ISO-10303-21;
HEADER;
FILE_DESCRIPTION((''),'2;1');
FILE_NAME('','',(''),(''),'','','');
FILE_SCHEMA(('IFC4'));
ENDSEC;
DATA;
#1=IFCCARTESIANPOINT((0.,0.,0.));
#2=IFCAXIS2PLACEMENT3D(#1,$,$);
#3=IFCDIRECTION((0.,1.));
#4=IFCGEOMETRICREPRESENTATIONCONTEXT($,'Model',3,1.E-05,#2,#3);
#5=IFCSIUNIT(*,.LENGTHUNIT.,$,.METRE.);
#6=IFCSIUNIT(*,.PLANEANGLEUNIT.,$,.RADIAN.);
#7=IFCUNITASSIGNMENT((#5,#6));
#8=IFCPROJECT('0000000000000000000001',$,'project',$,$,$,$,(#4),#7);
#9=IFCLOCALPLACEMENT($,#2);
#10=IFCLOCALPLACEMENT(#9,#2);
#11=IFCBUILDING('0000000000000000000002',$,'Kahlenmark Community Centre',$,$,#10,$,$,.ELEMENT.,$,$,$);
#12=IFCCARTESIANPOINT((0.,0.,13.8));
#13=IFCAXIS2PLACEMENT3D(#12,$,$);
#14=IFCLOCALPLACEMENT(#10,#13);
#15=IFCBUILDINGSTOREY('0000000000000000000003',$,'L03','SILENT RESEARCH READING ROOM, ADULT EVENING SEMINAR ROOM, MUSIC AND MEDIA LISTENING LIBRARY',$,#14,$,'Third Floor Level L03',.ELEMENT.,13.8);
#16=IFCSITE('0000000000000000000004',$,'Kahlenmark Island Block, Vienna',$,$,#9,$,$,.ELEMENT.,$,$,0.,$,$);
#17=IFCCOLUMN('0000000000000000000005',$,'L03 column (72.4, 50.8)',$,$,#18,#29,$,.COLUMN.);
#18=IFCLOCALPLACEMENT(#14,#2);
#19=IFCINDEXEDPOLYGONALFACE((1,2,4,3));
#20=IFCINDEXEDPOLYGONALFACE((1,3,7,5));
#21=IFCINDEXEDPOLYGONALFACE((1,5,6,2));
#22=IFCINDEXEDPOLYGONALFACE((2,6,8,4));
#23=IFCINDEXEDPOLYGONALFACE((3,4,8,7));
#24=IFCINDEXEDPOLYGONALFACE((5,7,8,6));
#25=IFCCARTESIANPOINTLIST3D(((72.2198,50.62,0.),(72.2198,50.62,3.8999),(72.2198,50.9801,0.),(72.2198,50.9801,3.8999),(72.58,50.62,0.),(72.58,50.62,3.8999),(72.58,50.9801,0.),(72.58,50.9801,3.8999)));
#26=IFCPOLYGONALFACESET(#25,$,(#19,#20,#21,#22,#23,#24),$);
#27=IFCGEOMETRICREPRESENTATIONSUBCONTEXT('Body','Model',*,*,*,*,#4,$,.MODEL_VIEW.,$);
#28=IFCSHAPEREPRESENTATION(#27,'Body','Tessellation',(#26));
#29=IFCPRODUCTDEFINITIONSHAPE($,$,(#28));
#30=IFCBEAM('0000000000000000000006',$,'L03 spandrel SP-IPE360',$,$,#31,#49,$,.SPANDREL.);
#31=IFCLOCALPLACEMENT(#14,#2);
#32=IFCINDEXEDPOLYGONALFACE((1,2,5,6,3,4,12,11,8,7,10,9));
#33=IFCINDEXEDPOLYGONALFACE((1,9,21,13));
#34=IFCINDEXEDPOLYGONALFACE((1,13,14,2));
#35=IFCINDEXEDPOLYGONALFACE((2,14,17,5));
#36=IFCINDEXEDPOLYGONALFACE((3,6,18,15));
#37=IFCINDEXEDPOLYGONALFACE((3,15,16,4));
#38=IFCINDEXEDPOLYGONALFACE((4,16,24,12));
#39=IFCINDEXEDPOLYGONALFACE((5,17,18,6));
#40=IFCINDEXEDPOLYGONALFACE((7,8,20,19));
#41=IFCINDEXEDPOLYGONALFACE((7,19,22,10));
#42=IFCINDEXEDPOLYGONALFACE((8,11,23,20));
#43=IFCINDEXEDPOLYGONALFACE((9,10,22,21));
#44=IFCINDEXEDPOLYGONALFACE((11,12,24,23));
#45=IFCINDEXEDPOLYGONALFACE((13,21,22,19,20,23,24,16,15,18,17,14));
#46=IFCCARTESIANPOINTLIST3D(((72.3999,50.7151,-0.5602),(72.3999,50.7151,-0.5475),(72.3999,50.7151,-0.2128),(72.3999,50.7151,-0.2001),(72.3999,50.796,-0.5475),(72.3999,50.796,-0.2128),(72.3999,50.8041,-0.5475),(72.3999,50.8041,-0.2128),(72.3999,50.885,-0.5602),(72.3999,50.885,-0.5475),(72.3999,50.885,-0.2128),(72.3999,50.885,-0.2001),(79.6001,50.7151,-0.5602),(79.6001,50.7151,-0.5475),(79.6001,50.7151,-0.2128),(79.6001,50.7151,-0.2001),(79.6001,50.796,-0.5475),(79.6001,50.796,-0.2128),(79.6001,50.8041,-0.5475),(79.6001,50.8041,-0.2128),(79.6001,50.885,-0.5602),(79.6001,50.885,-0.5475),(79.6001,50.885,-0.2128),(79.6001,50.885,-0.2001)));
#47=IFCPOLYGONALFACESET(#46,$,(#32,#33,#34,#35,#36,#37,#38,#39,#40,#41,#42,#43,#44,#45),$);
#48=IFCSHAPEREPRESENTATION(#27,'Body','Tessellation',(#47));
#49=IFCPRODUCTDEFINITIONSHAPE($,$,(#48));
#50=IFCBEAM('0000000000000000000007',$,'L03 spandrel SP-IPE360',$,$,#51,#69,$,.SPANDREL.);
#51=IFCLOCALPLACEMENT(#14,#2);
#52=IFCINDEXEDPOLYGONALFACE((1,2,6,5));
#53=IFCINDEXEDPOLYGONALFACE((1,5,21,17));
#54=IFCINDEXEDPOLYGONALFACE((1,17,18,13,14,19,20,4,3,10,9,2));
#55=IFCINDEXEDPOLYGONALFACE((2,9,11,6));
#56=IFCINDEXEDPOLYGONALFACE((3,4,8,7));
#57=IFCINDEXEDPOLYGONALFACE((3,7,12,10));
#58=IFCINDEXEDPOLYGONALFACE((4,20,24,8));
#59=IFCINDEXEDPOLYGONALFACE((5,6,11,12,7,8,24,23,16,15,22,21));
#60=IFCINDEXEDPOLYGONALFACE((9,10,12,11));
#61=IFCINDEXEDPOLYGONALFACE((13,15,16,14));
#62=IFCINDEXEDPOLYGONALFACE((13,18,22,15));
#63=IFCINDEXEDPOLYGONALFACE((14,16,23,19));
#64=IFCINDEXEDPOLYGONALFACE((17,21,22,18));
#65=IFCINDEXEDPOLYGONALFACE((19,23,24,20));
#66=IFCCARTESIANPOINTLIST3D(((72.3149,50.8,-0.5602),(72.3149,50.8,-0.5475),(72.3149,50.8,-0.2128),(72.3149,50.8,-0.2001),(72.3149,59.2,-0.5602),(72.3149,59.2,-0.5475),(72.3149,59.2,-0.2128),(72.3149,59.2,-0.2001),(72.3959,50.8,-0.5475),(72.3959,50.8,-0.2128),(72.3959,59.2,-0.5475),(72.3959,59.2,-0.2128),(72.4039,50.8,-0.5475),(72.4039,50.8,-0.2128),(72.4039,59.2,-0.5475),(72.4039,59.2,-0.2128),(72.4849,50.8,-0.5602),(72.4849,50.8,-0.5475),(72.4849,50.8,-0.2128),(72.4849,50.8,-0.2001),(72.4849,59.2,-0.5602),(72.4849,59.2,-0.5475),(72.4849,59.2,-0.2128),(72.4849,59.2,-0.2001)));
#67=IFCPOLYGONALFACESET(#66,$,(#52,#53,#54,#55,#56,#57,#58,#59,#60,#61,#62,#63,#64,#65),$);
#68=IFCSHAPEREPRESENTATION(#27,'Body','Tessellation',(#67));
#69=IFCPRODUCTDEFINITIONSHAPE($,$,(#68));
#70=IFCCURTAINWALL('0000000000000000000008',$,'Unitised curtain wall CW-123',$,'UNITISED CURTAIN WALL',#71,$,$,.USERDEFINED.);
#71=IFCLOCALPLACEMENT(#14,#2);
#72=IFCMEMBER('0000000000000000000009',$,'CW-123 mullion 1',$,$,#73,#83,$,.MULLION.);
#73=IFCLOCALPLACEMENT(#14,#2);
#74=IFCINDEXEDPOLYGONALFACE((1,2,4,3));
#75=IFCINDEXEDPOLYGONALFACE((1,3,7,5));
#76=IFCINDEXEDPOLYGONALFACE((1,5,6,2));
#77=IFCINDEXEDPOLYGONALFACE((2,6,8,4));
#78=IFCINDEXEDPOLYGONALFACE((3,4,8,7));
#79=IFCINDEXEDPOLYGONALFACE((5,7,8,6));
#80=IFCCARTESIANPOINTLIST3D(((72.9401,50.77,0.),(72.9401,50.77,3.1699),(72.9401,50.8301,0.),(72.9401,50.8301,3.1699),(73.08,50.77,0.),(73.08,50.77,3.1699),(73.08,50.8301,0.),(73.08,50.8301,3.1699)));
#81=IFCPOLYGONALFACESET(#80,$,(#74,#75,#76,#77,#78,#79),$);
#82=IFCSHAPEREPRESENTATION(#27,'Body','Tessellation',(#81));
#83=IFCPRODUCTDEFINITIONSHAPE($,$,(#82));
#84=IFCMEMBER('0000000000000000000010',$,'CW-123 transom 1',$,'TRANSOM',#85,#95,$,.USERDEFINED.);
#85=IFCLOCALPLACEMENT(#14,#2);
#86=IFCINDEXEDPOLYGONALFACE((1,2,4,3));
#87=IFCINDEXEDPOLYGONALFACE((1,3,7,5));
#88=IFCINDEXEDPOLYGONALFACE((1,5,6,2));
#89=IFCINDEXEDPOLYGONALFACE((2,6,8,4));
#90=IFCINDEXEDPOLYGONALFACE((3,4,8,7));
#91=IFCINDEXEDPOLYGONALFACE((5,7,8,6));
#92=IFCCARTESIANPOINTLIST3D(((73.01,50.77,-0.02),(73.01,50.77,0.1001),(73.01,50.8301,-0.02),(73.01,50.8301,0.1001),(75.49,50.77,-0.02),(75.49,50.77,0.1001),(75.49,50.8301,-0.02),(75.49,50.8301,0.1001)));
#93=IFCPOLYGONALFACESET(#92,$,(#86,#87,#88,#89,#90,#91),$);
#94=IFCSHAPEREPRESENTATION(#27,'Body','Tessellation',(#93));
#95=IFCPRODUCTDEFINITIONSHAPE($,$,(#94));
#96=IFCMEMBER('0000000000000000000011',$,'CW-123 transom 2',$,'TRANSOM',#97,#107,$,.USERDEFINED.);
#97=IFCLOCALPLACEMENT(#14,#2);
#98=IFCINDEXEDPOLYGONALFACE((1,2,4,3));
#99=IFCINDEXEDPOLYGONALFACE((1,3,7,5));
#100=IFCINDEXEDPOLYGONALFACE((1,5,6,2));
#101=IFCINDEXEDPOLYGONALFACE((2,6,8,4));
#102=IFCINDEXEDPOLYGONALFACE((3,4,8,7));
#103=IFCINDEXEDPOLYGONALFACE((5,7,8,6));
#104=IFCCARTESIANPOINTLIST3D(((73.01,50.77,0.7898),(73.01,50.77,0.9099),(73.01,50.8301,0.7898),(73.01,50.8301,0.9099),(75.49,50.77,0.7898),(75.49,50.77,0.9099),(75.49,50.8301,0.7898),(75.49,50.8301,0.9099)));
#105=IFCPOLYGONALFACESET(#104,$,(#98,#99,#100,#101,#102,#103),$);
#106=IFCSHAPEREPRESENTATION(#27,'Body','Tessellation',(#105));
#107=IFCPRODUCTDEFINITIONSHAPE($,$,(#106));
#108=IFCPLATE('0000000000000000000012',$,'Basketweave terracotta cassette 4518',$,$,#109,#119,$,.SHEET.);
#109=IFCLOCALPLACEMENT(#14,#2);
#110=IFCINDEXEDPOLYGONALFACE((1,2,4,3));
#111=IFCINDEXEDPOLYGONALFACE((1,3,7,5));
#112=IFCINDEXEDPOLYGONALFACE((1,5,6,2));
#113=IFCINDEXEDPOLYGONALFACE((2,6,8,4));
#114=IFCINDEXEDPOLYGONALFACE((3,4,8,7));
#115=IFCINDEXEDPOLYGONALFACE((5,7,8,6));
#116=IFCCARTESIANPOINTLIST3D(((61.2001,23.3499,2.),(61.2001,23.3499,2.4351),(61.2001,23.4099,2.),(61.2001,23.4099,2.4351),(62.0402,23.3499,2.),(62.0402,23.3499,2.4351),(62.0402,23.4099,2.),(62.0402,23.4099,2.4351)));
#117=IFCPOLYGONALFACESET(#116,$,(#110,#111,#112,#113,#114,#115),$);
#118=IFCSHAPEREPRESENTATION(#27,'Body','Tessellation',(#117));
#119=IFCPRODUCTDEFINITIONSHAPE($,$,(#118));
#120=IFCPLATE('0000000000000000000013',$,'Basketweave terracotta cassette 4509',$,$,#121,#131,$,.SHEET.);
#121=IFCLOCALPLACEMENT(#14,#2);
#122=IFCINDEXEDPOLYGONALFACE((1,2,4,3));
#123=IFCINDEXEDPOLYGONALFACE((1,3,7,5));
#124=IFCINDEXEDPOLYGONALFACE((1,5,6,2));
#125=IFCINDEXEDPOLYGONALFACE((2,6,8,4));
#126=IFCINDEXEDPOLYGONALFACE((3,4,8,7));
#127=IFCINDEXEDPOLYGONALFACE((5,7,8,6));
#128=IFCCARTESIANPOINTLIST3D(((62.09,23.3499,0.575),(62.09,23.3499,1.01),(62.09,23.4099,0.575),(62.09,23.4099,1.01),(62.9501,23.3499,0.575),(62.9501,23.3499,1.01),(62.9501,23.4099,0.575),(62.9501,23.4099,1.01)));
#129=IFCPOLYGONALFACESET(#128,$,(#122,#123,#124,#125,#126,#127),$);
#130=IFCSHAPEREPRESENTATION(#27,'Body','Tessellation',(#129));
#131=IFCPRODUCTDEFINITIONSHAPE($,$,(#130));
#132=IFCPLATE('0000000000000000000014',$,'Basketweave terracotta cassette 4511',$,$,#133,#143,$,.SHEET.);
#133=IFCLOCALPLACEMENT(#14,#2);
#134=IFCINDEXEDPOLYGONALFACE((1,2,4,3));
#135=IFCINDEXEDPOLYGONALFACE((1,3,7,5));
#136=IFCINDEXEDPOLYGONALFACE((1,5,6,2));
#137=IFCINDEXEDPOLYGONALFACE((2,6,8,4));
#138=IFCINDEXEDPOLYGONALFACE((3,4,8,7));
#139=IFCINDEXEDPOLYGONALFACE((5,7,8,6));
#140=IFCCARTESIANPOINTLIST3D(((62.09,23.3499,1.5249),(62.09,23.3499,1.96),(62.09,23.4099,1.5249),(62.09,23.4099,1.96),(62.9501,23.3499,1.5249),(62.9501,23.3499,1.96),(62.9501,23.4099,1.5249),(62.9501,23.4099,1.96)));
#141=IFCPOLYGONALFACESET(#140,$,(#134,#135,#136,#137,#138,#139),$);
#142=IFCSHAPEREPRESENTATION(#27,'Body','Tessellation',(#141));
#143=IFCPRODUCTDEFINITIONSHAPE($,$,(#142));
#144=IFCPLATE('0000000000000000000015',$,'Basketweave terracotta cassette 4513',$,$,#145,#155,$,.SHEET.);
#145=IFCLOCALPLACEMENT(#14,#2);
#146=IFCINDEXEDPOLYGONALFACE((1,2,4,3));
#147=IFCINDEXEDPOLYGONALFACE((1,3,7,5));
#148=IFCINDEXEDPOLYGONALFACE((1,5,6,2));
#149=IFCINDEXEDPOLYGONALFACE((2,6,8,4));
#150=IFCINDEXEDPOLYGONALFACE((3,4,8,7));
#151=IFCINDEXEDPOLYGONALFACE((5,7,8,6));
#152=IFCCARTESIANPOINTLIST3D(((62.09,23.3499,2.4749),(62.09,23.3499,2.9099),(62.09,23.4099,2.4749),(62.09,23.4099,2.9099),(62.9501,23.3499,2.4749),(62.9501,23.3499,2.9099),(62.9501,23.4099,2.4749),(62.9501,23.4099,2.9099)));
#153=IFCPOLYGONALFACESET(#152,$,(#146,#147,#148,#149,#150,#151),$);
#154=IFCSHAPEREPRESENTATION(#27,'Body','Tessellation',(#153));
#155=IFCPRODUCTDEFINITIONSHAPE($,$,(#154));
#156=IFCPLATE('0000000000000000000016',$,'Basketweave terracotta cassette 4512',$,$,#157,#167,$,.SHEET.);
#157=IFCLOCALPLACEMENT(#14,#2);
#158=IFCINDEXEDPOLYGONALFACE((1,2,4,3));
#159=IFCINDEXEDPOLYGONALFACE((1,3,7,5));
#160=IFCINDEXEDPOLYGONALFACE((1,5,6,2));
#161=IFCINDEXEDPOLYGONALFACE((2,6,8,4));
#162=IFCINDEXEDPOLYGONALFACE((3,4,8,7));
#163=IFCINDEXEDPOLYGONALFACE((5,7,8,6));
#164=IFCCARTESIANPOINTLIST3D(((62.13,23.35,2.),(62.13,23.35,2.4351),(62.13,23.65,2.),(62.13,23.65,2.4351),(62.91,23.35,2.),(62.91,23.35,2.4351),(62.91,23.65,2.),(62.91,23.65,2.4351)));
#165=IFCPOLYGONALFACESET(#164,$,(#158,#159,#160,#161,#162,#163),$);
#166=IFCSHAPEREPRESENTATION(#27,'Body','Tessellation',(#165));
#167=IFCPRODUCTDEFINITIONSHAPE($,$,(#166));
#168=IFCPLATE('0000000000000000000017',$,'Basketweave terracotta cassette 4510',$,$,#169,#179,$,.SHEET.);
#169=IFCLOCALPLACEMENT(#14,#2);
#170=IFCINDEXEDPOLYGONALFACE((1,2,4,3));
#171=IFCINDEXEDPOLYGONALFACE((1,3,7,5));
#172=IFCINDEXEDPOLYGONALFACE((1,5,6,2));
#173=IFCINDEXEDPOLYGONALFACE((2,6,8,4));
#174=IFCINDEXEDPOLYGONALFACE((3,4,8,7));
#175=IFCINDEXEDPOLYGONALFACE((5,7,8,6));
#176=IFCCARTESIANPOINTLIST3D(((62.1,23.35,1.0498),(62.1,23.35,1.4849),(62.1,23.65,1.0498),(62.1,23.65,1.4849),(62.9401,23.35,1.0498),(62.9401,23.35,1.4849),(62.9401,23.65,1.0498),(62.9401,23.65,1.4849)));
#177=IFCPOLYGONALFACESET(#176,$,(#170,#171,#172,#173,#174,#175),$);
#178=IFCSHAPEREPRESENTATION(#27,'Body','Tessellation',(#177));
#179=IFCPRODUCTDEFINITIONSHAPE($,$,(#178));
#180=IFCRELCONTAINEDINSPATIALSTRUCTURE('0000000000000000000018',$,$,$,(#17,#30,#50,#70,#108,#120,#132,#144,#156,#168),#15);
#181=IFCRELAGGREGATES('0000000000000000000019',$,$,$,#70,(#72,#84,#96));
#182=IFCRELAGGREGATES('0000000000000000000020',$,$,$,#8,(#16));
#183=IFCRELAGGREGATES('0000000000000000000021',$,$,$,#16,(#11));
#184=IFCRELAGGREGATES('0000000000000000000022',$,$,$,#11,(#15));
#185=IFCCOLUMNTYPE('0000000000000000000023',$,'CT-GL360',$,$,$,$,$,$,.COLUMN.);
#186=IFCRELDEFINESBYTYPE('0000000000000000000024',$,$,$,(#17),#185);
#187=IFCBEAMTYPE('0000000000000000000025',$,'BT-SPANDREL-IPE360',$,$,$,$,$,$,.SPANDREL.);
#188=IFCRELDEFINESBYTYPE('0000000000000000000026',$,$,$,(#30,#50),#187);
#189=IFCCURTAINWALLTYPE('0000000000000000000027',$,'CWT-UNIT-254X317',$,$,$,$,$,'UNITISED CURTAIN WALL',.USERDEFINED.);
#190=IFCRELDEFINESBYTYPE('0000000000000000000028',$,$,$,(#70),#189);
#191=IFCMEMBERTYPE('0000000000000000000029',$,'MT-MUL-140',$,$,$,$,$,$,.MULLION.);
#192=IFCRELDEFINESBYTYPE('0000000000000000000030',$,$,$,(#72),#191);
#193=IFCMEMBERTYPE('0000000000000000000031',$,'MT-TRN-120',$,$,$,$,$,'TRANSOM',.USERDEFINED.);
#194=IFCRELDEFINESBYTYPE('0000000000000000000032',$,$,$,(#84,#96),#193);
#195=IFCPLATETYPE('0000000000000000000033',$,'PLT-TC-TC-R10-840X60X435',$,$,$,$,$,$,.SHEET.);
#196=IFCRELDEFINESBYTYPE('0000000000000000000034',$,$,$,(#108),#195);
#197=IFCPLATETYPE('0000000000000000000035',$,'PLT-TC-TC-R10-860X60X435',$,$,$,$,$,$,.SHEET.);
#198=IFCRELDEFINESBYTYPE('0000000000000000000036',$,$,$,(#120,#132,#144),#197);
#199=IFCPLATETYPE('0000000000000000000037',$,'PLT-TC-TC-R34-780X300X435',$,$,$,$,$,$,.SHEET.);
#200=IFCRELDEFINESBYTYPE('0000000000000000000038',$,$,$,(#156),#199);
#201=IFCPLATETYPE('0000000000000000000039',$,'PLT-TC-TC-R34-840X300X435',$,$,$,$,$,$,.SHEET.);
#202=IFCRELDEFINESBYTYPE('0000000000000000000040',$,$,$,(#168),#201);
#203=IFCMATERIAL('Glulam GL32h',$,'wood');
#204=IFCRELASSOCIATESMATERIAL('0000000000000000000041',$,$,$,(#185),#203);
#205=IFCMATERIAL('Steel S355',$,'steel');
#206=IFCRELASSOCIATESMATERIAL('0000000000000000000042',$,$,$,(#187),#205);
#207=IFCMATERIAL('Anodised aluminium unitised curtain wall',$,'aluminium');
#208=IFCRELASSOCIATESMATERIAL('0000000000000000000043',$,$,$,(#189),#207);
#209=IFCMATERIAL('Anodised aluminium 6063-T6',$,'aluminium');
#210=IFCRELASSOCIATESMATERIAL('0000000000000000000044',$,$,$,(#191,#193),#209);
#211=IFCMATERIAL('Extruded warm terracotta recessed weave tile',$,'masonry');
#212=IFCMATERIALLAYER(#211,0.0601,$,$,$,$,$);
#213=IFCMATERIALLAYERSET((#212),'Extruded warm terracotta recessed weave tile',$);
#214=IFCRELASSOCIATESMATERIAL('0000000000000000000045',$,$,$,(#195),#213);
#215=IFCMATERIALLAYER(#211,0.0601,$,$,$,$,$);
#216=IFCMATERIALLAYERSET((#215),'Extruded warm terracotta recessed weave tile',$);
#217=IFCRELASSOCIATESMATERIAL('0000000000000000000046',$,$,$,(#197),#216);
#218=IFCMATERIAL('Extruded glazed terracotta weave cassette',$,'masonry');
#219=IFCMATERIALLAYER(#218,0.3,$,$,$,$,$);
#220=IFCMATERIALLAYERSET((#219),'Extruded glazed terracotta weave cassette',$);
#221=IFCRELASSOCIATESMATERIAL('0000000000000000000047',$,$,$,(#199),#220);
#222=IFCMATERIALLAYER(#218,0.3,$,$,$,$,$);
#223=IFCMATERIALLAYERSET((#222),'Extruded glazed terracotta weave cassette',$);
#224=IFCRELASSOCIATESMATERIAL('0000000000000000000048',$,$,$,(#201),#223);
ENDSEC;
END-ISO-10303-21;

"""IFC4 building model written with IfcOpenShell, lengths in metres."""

from ifc_helpers import new_model, si_unit, direction, frame, origin, origin_2d, place, context, subcontext, project, spatial, rectangle, i_section, extrude, material, layer, layer_set, material_profile, profile_set, type_object, element, aggregate, save


model = new_model("IFC4")

# Units and contexts
model_context = context("Model", 3, precision=1e-05, world=origin(), true_north=direction((0.0, 1.0)))
body_context = subcontext(model_context, "Body", "Model", "MODEL_VIEW")
ifc_project = project(units=[si_unit("LENGTHUNIT", "METRE"), si_unit("PLANEANGLEUNIT", "RADIAN")], contexts=[model_context])

# Site, building, storey
site_placement = place(None, origin())
site = spatial("IfcSite", under=ifc_project, at=site_placement, Name="Kahlenmark Island Block, Vienna", CompositionType="ELEMENT", RefElevation=0.0)
building_placement = place(site_placement, origin())
building = spatial("IfcBuilding", under=site, at=building_placement, Name="Kahlenmark Community Centre", CompositionType="ELEMENT")
storey_placement = place(building_placement, frame((0.0, 0.0, 13.8)))
storey = spatial("IfcBuildingStorey", under=building, at=storey_placement, Name="L03", Description="SILENT RESEARCH READING ROOM, ADULT EVENING SEMINAR ROOM, MUSIC AND MEDIA LISTENING LIBRARY", LongName="Third Floor Level L03", CompositionType="ELEMENT", Elevation=13.8)

# Column
ifc_material_1 = material(Name="Glulam GL32h", Category="wood")
ifc_material_profile_1 = material_profile(ifc_material_1, rectangle(XDim=0.3601, YDim=0.3601, at=origin_2d()), Name="GL32h 360x360")
ifc_profile_set_1 = profile_set([ifc_material_profile_1], Name="Glulam GL32h")
column_type = type_object("IfcColumnType", Name="CT-GL360", PredefinedType="COLUMN", material=ifc_profile_set_1)
column_placement = place(storey_placement, frame((72.3999, 50.8, 0.0), z_axis=(0.0, 0.0, 1.0), x_axis=(1.0, 0.0, 0.0)))
element("IfcColumn", 1, at=column_placement, inside=storey, type_object=column_type, Name="L03 column (72.4, 50.8)", PredefinedType="COLUMN", context=body_context, shape_type="SweptSolid", body=[
    extrude(rectangle(XDim=0.3601, YDim=0.3601, at=origin_2d()), origin(), (0.0, 0.0, 1.0), 3.8999),
])

# Beams
ifc_material_2 = material(Name="Steel S355", Category="steel")
ifc_material_profile_2 = material_profile(ifc_material_2, i_section(OverallWidth=0.1699, OverallDepth=0.3601, WebThickness=0.0081, FlangeThickness=0.0127, at=origin_2d()), Name="IPE 360")
ifc_profile_set_2 = profile_set([ifc_material_profile_2], Name="Steel S355")
beam_type = type_object("IfcBeamType", Name="BT-SPANDREL-IPE360", PredefinedType="SPANDREL", material=ifc_profile_set_2)
beam_1_placement = place(storey_placement, frame((72.3999, 50.8, -0.3801), z_axis=(1.0, 0.0, 0.0), x_axis=(0.0, 1.0, 0.0)))
element("IfcBeam", 2, at=beam_1_placement, inside=storey, type_object=beam_type, Name="L03 spandrel SP-IPE360", PredefinedType="SPANDREL", context=body_context, shape_type="SweptSolid", body=[
    extrude(i_section(OverallWidth=0.1699, OverallDepth=0.3601, WebThickness=0.0081, FlangeThickness=0.0127, at=origin_2d()), origin(), (0.0, 0.0, 1.0), 7.2002),
])
beam_2_placement = place(storey_placement, frame((72.3999, 50.8, -0.3801), z_axis=(0.0, 1.0, 0.0), x_axis=(-1.0, 0.0, 0.0)))
element("IfcBeam", 3, at=beam_2_placement, inside=storey, type_object=beam_type, Name="L03 spandrel SP-IPE360", PredefinedType="SPANDREL", context=body_context, shape_type="SweptSolid", body=[
    extrude(i_section(OverallWidth=0.1699, OverallDepth=0.3601, WebThickness=0.0081, FlangeThickness=0.0127, at=origin_2d()), origin(), (0.0, 0.0, 1.0), 8.3999),
])

# Curtain wall, members
ifc_material_3 = material(Name="Anodised aluminium unitised curtain wall", Category="aluminium")
curtain_wall_type = type_object("IfcCurtainWallType", Name="CWT-UNIT-254X317", ElementType="UNITISED CURTAIN WALL", PredefinedType="USERDEFINED", material=ifc_material_3)
curtain_wall_placement = place(storey_placement, origin())
curtain_wall = element("IfcCurtainWall", 4, at=curtain_wall_placement, inside=storey, type_object=curtain_wall_type, Name="Unitised curtain wall CW-123", ObjectType="UNITISED CURTAIN WALL", PredefinedType="USERDEFINED")
ifc_material_4 = material(Name="Anodised aluminium 6063-T6", Category="aluminium")
ifc_material_profile_3 = material_profile(ifc_material_4, rectangle(XDim=0.0601, YDim=0.1399, at=origin_2d()), Name="ALU MULLION 60x140")
ifc_profile_set_3 = profile_set([ifc_material_profile_3], Name="Anodised aluminium 6063-T6")
member_type_1 = type_object("IfcMemberType", Name="MT-MUL-140", PredefinedType="MULLION", material=ifc_profile_set_3)
member_1_placement = place(storey_placement, frame((73.01, 50.8, 0.0), z_axis=(0.0, 0.0, 1.0), x_axis=(0.0, 1.0, 0.0)))
member_1 = element("IfcMember", 5, at=member_1_placement, type_object=member_type_1, Name="CW-123 mullion 1", PredefinedType="MULLION", context=body_context, shape_type="SweptSolid", body=[
    extrude(rectangle(XDim=0.0601, YDim=0.1399, at=origin_2d()), origin(), (0.0, 0.0, 1.0), 3.1699),
])
ifc_material_profile_4 = material_profile(ifc_material_4, rectangle(XDim=0.0601, YDim=0.1201, at=origin_2d()), Name="ALU TRANSOM 60x120")
ifc_profile_set_4 = profile_set([ifc_material_profile_4], Name="Anodised aluminium 6063-T6")
member_type_2 = type_object("IfcMemberType", Name="MT-TRN-120", ElementType="TRANSOM", PredefinedType="USERDEFINED", material=ifc_profile_set_4)
member_2_placement = place(storey_placement, frame((73.01, 50.8, 0.04), z_axis=(1.0, 0.0, 0.0), x_axis=(0.0, 1.0, 0.0)))
member_2 = element("IfcMember", 6, at=member_2_placement, type_object=member_type_2, Name="CW-123 transom 1", ObjectType="TRANSOM", PredefinedType="USERDEFINED", context=body_context, shape_type="SweptSolid", body=[
    extrude(rectangle(XDim=0.0601, YDim=0.1201, at=origin_2d()), origin(), (0.0, 0.0, 1.0), 2.48),
])
member_3_placement = place(storey_placement, frame((73.01, 50.8, 0.8499), z_axis=(1.0, 0.0, 0.0), x_axis=(0.0, 1.0, 0.0)))
member_3 = element("IfcMember", 7, at=member_3_placement, type_object=member_type_2, Name="CW-123 transom 2", ObjectType="TRANSOM", PredefinedType="USERDEFINED", context=body_context, shape_type="SweptSolid", body=[
    extrude(rectangle(XDim=0.0601, YDim=0.1201, at=origin_2d()), origin(), (0.0, 0.0, 1.0), 2.48),
])
aggregate(curtain_wall, [member_1, member_2, member_3])

# Plates
ifc_material_5 = material(Name="Extruded warm terracotta recessed weave tile", Category="masonry")
ifc_layer_1 = layer(ifc_material_5, 0.0601)
ifc_layer_set_1 = layer_set([ifc_layer_1], Name="Extruded warm terracotta recessed weave tile")
plate_type_1 = type_object("IfcPlateType", Name="PLT-TC-TC-R10-840X60X435", PredefinedType="SHEET", material=ifc_layer_set_1)
plate_1_placement = place(storey_placement, frame((61.6201, 23.3799, 2.0), z_axis=(0.0, 0.0, 1.0), x_axis=(-1.0, 0.0, 0.0)))
element("IfcPlate", 8, at=plate_1_placement, inside=storey, type_object=plate_type_1, Name="Basketweave terracotta cassette 4518", PredefinedType="SHEET", context=body_context, shape_type="SweptSolid", body=[
    extrude(rectangle(XDim=0.8401, YDim=0.0601, at=origin_2d()), origin(), (0.0, 0.0, 1.0), 0.4351),
])
ifc_layer_2 = layer(ifc_material_5, 0.0601)
ifc_layer_set_2 = layer_set([ifc_layer_2], Name="Extruded warm terracotta recessed weave tile")
plate_type_2 = type_object("IfcPlateType", Name="PLT-TC-TC-R10-860X60X435", PredefinedType="SHEET", material=ifc_layer_set_2)
for number, where, z_axis, x_axis, name in (
    (9, (62.52, 23.3799, 0.575), (0.0, 0.0, 1.0), (-1.0, 0.0, 0.0), "Basketweave terracotta cassette 4509"),
    (10, (62.52, 23.3799, 1.5249), (0.0, 0.0, 1.0), (-1.0, 0.0, 0.0), "Basketweave terracotta cassette 4511"),
    (11, (62.52, 23.3799, 2.4749), (0.0, 0.0, 1.0), (-1.0, 0.0, 0.0), "Basketweave terracotta cassette 4513"),
):
    element("IfcPlate", number, at=place(storey_placement, frame(where, z_axis=z_axis, x_axis=x_axis)), inside=storey, type_object=plate_type_2, Name=name, PredefinedType="SHEET", context=body_context, shape_type="SweptSolid", body=[
        extrude(rectangle(XDim=0.8601, YDim=0.0601, at=origin_2d()), origin(), (0.0, 0.0, 1.0), 0.4351),
    ])
ifc_material_6 = material(Name="Extruded glazed terracotta weave cassette", Category="masonry")
ifc_layer_3 = layer(ifc_material_6, 0.3)
ifc_layer_set_3 = layer_set([ifc_layer_3], Name="Extruded glazed terracotta weave cassette")
plate_type_3 = type_object("IfcPlateType", Name="PLT-TC-TC-R34-780X300X435", PredefinedType="SHEET", material=ifc_layer_set_3)
plate_2_placement = place(storey_placement, frame((62.52, 23.5, 2.0), z_axis=(0.0, 0.0, 1.0), x_axis=(-1.0, 0.0, 0.0)))
element("IfcPlate", 12, at=plate_2_placement, inside=storey, type_object=plate_type_3, Name="Basketweave terracotta cassette 4512", PredefinedType="SHEET", context=body_context, shape_type="SweptSolid", body=[
    extrude(rectangle(XDim=0.78, YDim=0.3, at=origin_2d()), origin(), (0.0, 0.0, 1.0), 0.4351),
])
ifc_layer_4 = layer(ifc_material_6, 0.3)
ifc_layer_set_4 = layer_set([ifc_layer_4], Name="Extruded glazed terracotta weave cassette")
plate_type_4 = type_object("IfcPlateType", Name="PLT-TC-TC-R34-840X300X435", PredefinedType="SHEET", material=ifc_layer_set_4)
plate_3_placement = place(storey_placement, frame((62.52, 23.5, 1.0498), z_axis=(0.0, 0.0, 1.0), x_axis=(-1.0, 0.0, 0.0)))
element("IfcPlate", 13, at=plate_3_placement, inside=storey, type_object=plate_type_4, Name="Basketweave terracotta cassette 4510", PredefinedType="SHEET", context=body_context, shape_type="SweptSolid", body=[
    extrude(rectangle(XDim=0.8401, YDim=0.3, at=origin_2d()), origin(), (0.0, 0.0, 1.0), 0.4351),
])

save(model, "model.ifc")
